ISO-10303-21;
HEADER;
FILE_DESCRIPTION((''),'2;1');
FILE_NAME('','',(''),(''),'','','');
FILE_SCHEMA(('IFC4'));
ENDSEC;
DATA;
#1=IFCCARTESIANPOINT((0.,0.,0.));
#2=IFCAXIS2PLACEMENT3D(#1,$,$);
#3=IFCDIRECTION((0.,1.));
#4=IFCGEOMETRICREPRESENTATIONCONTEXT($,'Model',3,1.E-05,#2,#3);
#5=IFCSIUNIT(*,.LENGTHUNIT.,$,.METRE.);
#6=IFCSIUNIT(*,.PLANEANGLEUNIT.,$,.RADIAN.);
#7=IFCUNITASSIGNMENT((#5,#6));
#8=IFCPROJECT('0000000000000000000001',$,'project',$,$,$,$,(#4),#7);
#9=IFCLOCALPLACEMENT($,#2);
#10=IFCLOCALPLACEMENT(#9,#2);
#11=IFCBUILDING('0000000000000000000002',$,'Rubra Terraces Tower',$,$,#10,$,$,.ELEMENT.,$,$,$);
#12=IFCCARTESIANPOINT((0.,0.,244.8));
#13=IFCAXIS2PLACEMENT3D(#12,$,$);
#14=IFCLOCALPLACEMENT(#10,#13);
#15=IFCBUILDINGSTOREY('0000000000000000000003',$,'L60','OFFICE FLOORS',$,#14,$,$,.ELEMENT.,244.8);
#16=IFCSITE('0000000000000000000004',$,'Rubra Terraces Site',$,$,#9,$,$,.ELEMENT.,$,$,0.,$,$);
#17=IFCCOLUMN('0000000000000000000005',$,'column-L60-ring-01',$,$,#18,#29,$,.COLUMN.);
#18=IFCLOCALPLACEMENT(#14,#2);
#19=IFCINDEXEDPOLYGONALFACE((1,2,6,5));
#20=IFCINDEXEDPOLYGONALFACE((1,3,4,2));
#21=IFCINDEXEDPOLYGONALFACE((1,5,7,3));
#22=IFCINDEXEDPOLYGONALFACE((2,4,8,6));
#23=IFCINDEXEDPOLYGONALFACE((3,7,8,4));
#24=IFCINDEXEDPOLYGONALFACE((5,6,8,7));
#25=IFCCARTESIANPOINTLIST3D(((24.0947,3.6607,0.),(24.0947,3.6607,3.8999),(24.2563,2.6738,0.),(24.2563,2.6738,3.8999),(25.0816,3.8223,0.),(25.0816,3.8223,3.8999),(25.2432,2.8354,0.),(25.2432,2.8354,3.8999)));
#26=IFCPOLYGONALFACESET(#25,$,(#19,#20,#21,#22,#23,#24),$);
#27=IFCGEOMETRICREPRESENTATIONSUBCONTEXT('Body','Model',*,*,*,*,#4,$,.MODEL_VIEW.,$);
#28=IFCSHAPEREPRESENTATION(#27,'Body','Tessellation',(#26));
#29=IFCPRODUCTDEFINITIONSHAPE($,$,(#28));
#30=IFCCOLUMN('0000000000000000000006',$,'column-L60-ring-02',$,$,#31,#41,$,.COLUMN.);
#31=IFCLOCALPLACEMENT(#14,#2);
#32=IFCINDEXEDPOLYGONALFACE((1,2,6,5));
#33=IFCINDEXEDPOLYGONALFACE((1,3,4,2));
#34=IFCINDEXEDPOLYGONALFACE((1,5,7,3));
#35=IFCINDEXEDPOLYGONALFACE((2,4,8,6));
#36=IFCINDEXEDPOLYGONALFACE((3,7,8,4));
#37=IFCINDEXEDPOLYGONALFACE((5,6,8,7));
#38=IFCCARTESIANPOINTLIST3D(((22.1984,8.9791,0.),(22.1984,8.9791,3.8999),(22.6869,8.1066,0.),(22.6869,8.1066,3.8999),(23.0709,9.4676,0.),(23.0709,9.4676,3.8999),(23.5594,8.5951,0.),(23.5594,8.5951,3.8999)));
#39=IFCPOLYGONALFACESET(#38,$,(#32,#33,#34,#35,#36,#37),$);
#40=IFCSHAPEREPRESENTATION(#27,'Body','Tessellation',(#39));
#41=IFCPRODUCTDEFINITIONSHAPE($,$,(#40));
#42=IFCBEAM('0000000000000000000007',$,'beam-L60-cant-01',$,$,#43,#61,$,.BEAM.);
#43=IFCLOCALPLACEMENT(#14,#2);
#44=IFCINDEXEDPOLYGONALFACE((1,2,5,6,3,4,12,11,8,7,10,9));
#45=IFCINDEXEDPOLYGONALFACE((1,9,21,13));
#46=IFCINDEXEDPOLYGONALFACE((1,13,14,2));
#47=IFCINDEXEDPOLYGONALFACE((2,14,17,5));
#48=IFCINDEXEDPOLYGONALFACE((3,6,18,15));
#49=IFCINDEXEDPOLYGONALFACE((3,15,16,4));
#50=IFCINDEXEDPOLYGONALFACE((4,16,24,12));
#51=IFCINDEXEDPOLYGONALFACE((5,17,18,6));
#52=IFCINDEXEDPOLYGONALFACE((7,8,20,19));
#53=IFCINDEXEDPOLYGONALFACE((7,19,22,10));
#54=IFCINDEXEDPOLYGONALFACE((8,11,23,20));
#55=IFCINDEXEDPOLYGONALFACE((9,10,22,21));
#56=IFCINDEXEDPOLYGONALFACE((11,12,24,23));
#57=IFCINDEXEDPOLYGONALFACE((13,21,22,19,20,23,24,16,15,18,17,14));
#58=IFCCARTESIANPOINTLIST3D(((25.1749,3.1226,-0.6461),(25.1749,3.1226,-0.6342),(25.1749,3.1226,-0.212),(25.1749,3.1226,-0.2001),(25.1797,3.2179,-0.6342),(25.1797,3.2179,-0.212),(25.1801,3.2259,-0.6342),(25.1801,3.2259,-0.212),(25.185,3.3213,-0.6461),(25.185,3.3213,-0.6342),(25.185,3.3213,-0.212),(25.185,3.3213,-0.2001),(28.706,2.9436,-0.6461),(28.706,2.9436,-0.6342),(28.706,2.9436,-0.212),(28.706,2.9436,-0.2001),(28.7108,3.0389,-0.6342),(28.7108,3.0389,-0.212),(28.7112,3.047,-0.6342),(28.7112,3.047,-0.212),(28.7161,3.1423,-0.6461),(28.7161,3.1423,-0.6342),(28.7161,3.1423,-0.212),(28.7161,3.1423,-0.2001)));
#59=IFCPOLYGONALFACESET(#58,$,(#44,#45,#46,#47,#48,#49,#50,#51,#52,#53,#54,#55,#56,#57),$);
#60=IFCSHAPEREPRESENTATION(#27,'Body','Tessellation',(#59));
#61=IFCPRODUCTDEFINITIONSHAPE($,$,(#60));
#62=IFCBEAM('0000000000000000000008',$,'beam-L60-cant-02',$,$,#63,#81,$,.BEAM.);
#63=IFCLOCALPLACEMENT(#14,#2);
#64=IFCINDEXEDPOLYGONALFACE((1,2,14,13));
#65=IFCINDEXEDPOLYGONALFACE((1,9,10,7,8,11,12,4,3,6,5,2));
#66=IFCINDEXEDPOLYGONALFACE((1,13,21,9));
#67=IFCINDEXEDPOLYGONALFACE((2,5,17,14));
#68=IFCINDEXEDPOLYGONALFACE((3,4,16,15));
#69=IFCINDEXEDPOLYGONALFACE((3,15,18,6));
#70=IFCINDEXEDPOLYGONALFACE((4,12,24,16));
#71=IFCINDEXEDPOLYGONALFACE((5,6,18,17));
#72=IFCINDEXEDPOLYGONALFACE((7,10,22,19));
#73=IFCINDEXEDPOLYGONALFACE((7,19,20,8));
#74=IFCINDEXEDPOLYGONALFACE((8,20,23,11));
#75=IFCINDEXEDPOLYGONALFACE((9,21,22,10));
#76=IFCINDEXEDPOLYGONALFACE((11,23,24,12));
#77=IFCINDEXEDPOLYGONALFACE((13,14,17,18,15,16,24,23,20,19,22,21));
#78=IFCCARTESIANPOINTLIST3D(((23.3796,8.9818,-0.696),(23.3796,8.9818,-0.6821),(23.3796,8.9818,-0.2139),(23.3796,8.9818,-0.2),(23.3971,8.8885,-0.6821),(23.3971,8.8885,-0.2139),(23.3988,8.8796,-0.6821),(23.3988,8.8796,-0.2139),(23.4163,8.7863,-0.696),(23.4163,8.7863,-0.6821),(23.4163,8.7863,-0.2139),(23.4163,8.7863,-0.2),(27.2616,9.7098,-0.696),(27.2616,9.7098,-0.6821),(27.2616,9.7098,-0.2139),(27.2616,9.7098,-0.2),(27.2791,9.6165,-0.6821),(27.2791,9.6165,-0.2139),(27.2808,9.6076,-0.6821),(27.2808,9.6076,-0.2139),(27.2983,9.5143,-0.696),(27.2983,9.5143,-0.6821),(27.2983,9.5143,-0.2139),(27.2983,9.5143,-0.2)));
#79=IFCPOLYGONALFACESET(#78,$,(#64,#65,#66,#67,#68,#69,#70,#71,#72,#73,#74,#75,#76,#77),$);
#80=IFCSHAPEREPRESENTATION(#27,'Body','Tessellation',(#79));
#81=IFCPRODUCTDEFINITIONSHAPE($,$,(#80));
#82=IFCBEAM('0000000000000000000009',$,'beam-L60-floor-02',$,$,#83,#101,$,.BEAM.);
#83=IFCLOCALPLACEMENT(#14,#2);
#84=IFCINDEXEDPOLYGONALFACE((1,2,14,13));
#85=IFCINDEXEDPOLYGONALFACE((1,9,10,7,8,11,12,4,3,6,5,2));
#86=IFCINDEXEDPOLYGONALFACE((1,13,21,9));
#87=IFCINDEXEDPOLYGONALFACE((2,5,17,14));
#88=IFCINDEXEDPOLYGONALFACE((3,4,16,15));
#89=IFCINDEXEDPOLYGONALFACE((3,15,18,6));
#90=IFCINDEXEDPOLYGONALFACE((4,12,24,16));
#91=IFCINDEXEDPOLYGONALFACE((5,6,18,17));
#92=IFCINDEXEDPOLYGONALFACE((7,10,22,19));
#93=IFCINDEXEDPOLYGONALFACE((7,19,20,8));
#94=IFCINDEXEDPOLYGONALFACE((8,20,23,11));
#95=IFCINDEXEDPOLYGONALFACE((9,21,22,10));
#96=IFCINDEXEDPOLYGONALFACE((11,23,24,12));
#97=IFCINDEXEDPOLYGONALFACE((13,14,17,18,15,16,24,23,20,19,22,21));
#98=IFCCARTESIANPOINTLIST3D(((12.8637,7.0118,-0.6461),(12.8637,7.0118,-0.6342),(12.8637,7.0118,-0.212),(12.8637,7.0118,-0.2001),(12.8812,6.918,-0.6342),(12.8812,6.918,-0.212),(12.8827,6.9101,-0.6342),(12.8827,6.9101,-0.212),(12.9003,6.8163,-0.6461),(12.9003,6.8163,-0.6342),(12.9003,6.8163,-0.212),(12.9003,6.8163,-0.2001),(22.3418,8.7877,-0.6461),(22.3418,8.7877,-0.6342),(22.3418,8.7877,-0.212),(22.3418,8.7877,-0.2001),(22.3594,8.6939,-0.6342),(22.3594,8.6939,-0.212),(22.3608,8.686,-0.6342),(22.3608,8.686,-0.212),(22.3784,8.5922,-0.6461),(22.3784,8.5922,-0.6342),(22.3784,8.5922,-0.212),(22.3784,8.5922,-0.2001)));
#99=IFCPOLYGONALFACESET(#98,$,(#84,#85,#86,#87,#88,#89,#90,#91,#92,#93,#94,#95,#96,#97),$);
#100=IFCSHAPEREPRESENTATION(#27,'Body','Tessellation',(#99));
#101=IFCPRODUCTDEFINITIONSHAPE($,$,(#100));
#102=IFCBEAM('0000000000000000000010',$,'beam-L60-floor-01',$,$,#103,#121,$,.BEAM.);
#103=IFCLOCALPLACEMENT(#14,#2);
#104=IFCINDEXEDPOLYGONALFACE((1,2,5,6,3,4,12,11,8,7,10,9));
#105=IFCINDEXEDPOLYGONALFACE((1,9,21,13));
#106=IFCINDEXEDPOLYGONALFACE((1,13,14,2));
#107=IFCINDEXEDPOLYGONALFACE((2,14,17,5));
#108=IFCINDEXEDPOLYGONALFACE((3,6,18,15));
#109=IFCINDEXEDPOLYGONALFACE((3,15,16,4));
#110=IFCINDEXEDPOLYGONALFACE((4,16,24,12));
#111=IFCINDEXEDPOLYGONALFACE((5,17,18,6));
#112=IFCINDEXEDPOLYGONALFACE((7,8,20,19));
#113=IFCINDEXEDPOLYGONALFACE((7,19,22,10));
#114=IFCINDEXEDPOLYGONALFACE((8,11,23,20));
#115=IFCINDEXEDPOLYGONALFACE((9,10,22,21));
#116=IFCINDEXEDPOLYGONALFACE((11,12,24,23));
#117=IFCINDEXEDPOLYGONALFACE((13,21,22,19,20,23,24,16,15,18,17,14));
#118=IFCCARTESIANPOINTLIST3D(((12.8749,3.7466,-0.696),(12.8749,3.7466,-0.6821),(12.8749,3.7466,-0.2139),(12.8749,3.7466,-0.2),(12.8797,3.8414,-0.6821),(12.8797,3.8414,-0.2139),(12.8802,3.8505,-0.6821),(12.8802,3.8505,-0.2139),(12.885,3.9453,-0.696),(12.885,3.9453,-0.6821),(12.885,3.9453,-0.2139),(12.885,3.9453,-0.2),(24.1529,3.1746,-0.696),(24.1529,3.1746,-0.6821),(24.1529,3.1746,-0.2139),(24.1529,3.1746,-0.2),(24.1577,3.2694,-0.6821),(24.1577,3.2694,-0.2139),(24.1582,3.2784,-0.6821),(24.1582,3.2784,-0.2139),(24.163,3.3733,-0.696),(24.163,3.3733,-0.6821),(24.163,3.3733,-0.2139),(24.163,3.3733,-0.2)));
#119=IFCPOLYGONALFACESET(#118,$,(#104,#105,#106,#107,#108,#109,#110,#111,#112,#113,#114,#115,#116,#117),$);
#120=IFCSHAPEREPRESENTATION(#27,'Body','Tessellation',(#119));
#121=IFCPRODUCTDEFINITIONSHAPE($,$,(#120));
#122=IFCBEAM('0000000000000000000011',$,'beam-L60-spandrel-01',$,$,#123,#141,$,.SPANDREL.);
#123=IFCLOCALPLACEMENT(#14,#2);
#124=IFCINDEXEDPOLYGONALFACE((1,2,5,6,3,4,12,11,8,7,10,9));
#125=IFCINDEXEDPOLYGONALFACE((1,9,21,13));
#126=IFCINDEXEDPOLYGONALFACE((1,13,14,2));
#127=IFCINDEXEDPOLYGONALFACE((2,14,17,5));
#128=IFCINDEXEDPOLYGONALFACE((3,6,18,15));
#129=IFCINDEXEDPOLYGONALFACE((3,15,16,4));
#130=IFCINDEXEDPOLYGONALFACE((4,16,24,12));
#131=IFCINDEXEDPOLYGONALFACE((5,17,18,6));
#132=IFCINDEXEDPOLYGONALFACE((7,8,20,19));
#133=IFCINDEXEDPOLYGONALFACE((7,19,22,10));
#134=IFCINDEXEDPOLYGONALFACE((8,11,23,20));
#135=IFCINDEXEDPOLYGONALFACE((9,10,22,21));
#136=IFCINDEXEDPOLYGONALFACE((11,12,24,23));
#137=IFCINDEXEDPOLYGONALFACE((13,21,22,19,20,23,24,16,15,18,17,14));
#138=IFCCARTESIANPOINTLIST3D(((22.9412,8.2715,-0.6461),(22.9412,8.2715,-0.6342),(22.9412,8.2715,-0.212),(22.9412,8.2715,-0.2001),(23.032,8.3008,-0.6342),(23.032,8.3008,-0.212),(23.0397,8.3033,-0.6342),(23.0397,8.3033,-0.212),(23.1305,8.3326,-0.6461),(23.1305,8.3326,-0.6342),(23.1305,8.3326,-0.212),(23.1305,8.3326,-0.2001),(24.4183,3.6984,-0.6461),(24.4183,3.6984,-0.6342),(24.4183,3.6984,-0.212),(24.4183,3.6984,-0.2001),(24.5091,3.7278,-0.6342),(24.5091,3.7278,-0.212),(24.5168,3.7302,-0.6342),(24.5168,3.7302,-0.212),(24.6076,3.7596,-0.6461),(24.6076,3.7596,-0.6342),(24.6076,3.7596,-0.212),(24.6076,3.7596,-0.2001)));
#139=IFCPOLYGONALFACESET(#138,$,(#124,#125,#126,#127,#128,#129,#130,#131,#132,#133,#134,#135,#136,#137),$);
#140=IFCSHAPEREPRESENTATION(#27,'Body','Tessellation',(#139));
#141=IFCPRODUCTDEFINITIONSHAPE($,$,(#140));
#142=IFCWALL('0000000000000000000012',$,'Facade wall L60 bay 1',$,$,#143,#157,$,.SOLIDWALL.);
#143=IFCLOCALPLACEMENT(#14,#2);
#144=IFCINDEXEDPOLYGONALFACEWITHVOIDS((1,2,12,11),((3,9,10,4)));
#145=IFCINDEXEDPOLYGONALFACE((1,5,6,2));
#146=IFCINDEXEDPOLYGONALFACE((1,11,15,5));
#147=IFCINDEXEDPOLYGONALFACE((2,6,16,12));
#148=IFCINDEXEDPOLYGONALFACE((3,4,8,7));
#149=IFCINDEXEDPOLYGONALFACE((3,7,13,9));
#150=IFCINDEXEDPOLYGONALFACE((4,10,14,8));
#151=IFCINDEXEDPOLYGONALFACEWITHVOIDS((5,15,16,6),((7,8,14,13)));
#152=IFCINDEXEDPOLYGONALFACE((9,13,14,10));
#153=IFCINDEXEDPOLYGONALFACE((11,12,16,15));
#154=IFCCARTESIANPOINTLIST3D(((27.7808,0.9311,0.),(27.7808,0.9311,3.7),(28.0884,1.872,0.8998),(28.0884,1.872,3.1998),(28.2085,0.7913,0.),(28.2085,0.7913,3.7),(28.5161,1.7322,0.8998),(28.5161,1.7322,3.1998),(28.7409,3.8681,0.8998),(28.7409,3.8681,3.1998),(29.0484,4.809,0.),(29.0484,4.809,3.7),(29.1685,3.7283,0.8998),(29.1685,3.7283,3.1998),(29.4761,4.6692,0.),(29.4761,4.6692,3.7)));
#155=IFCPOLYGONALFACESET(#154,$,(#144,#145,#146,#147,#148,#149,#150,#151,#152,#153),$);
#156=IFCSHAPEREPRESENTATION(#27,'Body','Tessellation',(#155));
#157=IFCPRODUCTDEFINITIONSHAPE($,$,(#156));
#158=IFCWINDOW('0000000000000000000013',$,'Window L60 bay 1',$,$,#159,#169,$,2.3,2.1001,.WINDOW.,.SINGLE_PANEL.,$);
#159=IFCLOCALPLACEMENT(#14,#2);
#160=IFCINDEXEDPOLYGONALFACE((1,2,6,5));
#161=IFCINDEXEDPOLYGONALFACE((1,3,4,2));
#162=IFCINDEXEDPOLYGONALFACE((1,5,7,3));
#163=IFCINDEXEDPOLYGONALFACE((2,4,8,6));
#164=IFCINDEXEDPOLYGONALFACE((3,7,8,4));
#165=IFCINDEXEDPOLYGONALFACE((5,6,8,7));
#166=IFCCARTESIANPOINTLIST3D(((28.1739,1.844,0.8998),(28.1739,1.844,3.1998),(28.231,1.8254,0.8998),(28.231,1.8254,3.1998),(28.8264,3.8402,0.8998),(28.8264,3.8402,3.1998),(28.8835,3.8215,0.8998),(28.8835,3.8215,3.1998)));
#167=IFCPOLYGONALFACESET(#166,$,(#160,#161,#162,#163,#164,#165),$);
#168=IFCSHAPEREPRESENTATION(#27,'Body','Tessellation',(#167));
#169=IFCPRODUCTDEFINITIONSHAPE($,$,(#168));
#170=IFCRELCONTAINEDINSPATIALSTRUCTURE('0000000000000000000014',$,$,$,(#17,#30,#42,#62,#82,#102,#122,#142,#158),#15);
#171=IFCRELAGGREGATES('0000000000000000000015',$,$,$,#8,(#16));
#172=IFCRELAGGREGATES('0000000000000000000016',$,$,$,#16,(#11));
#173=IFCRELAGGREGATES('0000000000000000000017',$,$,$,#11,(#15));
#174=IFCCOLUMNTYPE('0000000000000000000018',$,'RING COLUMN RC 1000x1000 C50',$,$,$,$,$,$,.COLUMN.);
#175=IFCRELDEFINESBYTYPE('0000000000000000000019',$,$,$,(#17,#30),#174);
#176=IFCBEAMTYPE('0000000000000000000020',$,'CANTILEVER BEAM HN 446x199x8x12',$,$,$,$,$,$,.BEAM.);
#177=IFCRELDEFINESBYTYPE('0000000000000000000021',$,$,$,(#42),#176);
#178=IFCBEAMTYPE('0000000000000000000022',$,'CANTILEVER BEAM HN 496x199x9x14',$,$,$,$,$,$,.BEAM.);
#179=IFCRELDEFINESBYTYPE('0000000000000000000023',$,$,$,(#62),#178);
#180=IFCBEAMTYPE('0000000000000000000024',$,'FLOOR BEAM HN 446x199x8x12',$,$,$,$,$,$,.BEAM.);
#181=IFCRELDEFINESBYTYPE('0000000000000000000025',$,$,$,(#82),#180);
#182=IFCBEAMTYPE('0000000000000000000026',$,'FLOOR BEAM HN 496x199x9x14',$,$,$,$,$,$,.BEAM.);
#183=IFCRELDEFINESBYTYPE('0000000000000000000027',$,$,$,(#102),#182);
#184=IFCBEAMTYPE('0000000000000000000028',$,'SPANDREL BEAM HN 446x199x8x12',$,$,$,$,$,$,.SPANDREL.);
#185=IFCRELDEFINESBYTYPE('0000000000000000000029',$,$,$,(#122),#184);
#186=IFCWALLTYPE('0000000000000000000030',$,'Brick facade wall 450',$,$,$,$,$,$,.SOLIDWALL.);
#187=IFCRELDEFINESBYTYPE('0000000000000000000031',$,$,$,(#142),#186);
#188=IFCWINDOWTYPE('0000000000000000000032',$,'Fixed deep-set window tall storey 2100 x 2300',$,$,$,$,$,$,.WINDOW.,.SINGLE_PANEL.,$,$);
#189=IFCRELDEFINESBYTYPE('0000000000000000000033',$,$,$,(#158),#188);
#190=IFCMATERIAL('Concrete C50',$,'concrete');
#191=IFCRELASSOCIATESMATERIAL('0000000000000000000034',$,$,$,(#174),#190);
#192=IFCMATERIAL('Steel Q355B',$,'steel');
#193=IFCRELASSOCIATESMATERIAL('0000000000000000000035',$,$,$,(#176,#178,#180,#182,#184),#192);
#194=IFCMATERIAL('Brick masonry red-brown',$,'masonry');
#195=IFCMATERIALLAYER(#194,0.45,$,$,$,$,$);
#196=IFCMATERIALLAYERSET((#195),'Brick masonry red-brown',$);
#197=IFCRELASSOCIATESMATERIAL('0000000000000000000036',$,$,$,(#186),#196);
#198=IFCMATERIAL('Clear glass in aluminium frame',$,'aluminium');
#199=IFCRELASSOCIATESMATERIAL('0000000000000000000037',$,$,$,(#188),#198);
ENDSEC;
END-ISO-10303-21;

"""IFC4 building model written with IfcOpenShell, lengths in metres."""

from ifc_helpers import new_model, si_unit, direction, frame, frame_2d, origin, origin_2d, place, context, subcontext, project, spatial, rectangle, i_section, extrude, material, layer, layer_set, material_profile, profile_set, type_object, element, fill, save


model = new_model("IFC4")

# Units and contexts
model_context = context("Model", 3, precision=1e-05, world=origin(), true_north=direction((0.0, 1.0)))
body_context = subcontext(model_context, "Body", "Model", "MODEL_VIEW")
ifc_project = project(units=[si_unit("LENGTHUNIT", "METRE"), si_unit("PLANEANGLEUNIT", "RADIAN")], contexts=[model_context])

# Site, building, storey
site_placement = place(None, origin())
site = spatial("IfcSite", under=ifc_project, at=site_placement, Name="Rubra Terraces Site", CompositionType="ELEMENT", RefElevation=0.0)
building_placement = place(site_placement, origin())
building = spatial("IfcBuilding", under=site, at=building_placement, Name="Rubra Terraces Tower", CompositionType="ELEMENT")
storey_placement = place(building_placement, frame((0.0, 0.0, 244.8)))
storey = spatial("IfcBuildingStorey", under=building, at=storey_placement, Name="L60", Description="OFFICE FLOORS", CompositionType="ELEMENT", Elevation=244.8)

# Columns
ifc_material_1 = material(Name="Concrete C50", Category="concrete")
ifc_material_profile_1 = material_profile(ifc_material_1, rectangle(XDim=1.0, YDim=1.0, at=origin_2d()), Name="RC 1000x1000")
ifc_profile_set_1 = profile_set([ifc_material_profile_1], Name="Concrete C50")
column_type = type_object("IfcColumnType", Name="RING COLUMN RC 1000x1000 C50", PredefinedType="COLUMN", material=ifc_profile_set_1)
for number, where, z_axis, x_axis, name in (
    (1, (24.6689, 3.248, 0.0), (0.0, 0.0, 1.0), (-0.161559, 0.986863, 0.0), "column-L60-ring-01"),
    (2, (22.8789, 8.7871, 0.0), (0.0, 0.0, 1.0), (-0.488526, 0.872549, 0.0), "column-L60-ring-02"),
):
    element("IfcColumn", number, at=place(storey_placement, frame(where, z_axis=z_axis, x_axis=x_axis)), inside=storey, type_object=column_type, Name=name, PredefinedType="COLUMN", context=body_context, shape_type="SweptSolid", body=[
        extrude(rectangle(XDim=1.0, YDim=1.0, at=origin_2d()), origin(), (0.0, 0.0, 1.0), 3.8999),
    ])

# Beams
ifc_material_2 = material(Name="Steel Q355B", Category="steel")
ifc_material_profile_2 = material_profile(ifc_material_2, i_section(OverallWidth=0.199, OverallDepth=0.446, WebThickness=0.0081, FlangeThickness=0.012, at=origin_2d()), Name="HN 446x199x8x12")
ifc_profile_set_2 = profile_set([ifc_material_profile_2], Name="Steel Q355B")
beam_type_1 = type_object("IfcBeamType", Name="CANTILEVER BEAM HN 446x199x8x12", PredefinedType="BEAM", material=ifc_profile_set_2)
beam_1_placement = place(storey_placement, frame((25.1799, 3.2219, -0.4231), z_axis=(0.998718, -0.050616, 0.0), x_axis=(0.050616, 0.998718, 0.0)))
element("IfcBeam", 3, at=beam_1_placement, inside=storey, type_object=beam_type_1, Name="beam-L60-cant-01", PredefinedType="BEAM", context=body_context, shape_type="SweptSolid", body=[
    extrude(i_section(OverallWidth=0.199, OverallDepth=0.446, WebThickness=0.0081, FlangeThickness=0.012, at=origin_2d()), origin(), (0.0, 0.0, 1.0), 3.5356),
])
ifc_material_profile_3 = material_profile(ifc_material_2, i_section(OverallWidth=0.199, OverallDepth=0.4961, WebThickness=0.009, FlangeThickness=0.0139, at=origin_2d()), Name="HN 496x199x9x14")
ifc_profile_set_3 = profile_set([ifc_material_profile_3], Name="Steel Q355B")
beam_type_2 = type_object("IfcBeamType", Name="CANTILEVER BEAM HN 496x199x9x14", PredefinedType="BEAM", material=ifc_profile_set_3)
beam_2_placement = place(storey_placement, frame((23.3979, 8.884, -0.448), z_axis=(0.982866, 0.184322, 0.0), x_axis=(-0.184322, 0.982866, 0.0)))
element("IfcBeam", 4, at=beam_2_placement, inside=storey, type_object=beam_type_2, Name="beam-L60-cant-02", PredefinedType="BEAM", context=body_context, shape_type="SweptSolid", body=[
    extrude(i_section(OverallWidth=0.199, OverallDepth=0.4961, WebThickness=0.009, FlangeThickness=0.0139, at=origin_2d()), origin(), (0.0, 0.0, 1.0), 3.9497),
])
ifc_material_profile_4 = material_profile(ifc_material_2, i_section(OverallWidth=0.199, OverallDepth=0.446, WebThickness=0.0081, FlangeThickness=0.012, at=origin_2d()), Name="HN 446x199x8x12")
ifc_profile_set_4 = profile_set([ifc_material_profile_4], Name="Steel Q355B")
beam_type_3 = type_object("IfcBeamType", Name="FLOOR BEAM HN 446x199x8x12", PredefinedType="BEAM", material=ifc_profile_set_4)
beam_3_placement = place(storey_placement, frame((22.3601, 8.6899, -0.4231), z_axis=(-0.982896, -0.184163, 0.0), x_axis=(0.184163, -0.982896, 0.0)))
element("IfcBeam", 5, at=beam_3_placement, inside=storey, type_object=beam_type_3, Name="beam-L60-floor-02", PredefinedType="BEAM", context=body_context, shape_type="SweptSolid", body=[
    extrude(i_section(OverallWidth=0.199, OverallDepth=0.446, WebThickness=0.0081, FlangeThickness=0.012, at=origin_2d()), origin(), (0.0, 0.0, 1.0), 9.6431),
])
ifc_material_profile_5 = material_profile(ifc_material_2, i_section(OverallWidth=0.199, OverallDepth=0.4961, WebThickness=0.009, FlangeThickness=0.0139, at=origin_2d()), Name="HN 496x199x9x14")
ifc_profile_set_5 = profile_set([ifc_material_profile_5], Name="Steel Q355B")
beam_type_4 = type_object("IfcBeamType", Name="FLOOR BEAM HN 496x199x9x14", PredefinedType="BEAM", material=ifc_profile_set_5)
beam_4_placement = place(storey_placement, frame((24.158, 3.2739, -0.448), z_axis=(-0.998716, 0.050655, 0.0), x_axis=(-0.050655, -0.998716, 0.0)))
element("IfcBeam", 6, at=beam_4_placement, inside=storey, type_object=beam_type_4, Name="beam-L60-floor-01", PredefinedType="BEAM", context=body_context, shape_type="SweptSolid", body=[
    extrude(i_section(OverallWidth=0.199, OverallDepth=0.4961, WebThickness=0.009, FlangeThickness=0.0139, at=origin_2d()), origin(), (0.0, 0.0, 1.0), 11.2925),
])
ifc_material_profile_6 = material_profile(ifc_material_2, i_section(OverallWidth=0.199, OverallDepth=0.446, WebThickness=0.0081, FlangeThickness=0.012, at=origin_2d()), Name="HN 446x199x8x12")
ifc_profile_set_6 = profile_set([ifc_material_profile_6], Name="Steel Q355B")
beam_type_5 = type_object("IfcBeamType", Name="SPANDREL BEAM HN 446x199x8x12", PredefinedType="SPANDREL", material=ifc_profile_set_6)
beam_5_placement = place(storey_placement, frame((24.5129, 3.729, -0.4231), z_axis=(-0.307359, 0.951594, 0.0), x_axis=(-0.951594, -0.307359, 0.0)))
element("IfcBeam", 7, at=beam_5_placement, inside=storey, type_object=beam_type_5, Name="beam-L60-spandrel-01", PredefinedType="SPANDREL", context=body_context, shape_type="SweptSolid", body=[
    extrude(i_section(OverallWidth=0.199, OverallDepth=0.446, WebThickness=0.0081, FlangeThickness=0.012, at=origin_2d()), origin(), (0.0, 0.0, 1.0), 4.8057),
])

# Wall, opening, window
ifc_material_3 = material(Name="Brick masonry red-brown", Category="masonry")
ifc_layer_1 = layer(ifc_material_3, 0.45)
ifc_layer_set_1 = layer_set([ifc_layer_1], Name="Brick masonry red-brown")
wall_type_1 = type_object("IfcWallType", Name="Brick facade wall 450", PredefinedType="SOLIDWALL", material=ifc_layer_set_1)
wall_1_placement = place(storey_placement, frame((27.9946, 0.8611, 0.0), z_axis=(0.0, 0.0, 1.0), x_axis=(0.310693, 0.95051, 0.0)))
wall_1 = element("IfcWall", 8, at=wall_1_placement, inside=storey, type_object=wall_type_1, Name="Facade wall L60 bay 1", PredefinedType="SOLIDWALL", context=body_context, shape_type="SweptSolid", body=[
    extrude(rectangle(XDim=4.0798, YDim=0.45, at=frame_2d((2.04, 0.0))), origin(), (0.0, 0.0, 1.0), 3.7),
])
opening_1_placement = place(wall_1_placement, frame((0.99, 0.0, 0.8999)))
opening_1 = element("IfcOpeningElement", 9, at=opening_1_placement, cuts=wall_1, PredefinedType="OPENING", context=body_context, shape_type="SweptSolid", body=[
    extrude(rectangle(XDim=2.1001, YDim=2.3, at=frame_2d((1.05, 1.1499))), frame((0.0, 0.2349, 0.0), z_axis=(0.0, -1.0, 0.0), x_axis=(1.0, 0.0, 0.0)), (0.0, 0.0, 1.0), 0.47),
])
ifc_material_4 = material(Name="Clear glass in aluminium frame", Category="aluminium")
window_type_1 = type_object("IfcWindowType", Name="Fixed deep-set window tall storey 2100 x 2300", PartitioningType="SINGLE_PANEL", PredefinedType="WINDOW", material=ifc_material_4)
window_1_placement = place(opening_1_placement, origin())
window_1 = element("IfcWindow", 10, at=window_1_placement, inside=storey, type_object=window_type_1, Name="Window L60 bay 1", OverallHeight=2.3, OverallWidth=2.1001, PartitioningType="SINGLE_PANEL", PredefinedType="WINDOW", context=body_context, shape_type="SweptSolid", body=[
    extrude(rectangle(XDim=2.1001, YDim=2.3, at=frame_2d((1.05, 1.1499))), frame((0.0, 0.135, 0.0), z_axis=(0.0, -1.0, 0.0), x_axis=(1.0, 0.0, 0.0)), (0.0, 0.0, 1.0), 0.0601),
])
fill(opening_1, window_1)

save(model, "model.ifc")
